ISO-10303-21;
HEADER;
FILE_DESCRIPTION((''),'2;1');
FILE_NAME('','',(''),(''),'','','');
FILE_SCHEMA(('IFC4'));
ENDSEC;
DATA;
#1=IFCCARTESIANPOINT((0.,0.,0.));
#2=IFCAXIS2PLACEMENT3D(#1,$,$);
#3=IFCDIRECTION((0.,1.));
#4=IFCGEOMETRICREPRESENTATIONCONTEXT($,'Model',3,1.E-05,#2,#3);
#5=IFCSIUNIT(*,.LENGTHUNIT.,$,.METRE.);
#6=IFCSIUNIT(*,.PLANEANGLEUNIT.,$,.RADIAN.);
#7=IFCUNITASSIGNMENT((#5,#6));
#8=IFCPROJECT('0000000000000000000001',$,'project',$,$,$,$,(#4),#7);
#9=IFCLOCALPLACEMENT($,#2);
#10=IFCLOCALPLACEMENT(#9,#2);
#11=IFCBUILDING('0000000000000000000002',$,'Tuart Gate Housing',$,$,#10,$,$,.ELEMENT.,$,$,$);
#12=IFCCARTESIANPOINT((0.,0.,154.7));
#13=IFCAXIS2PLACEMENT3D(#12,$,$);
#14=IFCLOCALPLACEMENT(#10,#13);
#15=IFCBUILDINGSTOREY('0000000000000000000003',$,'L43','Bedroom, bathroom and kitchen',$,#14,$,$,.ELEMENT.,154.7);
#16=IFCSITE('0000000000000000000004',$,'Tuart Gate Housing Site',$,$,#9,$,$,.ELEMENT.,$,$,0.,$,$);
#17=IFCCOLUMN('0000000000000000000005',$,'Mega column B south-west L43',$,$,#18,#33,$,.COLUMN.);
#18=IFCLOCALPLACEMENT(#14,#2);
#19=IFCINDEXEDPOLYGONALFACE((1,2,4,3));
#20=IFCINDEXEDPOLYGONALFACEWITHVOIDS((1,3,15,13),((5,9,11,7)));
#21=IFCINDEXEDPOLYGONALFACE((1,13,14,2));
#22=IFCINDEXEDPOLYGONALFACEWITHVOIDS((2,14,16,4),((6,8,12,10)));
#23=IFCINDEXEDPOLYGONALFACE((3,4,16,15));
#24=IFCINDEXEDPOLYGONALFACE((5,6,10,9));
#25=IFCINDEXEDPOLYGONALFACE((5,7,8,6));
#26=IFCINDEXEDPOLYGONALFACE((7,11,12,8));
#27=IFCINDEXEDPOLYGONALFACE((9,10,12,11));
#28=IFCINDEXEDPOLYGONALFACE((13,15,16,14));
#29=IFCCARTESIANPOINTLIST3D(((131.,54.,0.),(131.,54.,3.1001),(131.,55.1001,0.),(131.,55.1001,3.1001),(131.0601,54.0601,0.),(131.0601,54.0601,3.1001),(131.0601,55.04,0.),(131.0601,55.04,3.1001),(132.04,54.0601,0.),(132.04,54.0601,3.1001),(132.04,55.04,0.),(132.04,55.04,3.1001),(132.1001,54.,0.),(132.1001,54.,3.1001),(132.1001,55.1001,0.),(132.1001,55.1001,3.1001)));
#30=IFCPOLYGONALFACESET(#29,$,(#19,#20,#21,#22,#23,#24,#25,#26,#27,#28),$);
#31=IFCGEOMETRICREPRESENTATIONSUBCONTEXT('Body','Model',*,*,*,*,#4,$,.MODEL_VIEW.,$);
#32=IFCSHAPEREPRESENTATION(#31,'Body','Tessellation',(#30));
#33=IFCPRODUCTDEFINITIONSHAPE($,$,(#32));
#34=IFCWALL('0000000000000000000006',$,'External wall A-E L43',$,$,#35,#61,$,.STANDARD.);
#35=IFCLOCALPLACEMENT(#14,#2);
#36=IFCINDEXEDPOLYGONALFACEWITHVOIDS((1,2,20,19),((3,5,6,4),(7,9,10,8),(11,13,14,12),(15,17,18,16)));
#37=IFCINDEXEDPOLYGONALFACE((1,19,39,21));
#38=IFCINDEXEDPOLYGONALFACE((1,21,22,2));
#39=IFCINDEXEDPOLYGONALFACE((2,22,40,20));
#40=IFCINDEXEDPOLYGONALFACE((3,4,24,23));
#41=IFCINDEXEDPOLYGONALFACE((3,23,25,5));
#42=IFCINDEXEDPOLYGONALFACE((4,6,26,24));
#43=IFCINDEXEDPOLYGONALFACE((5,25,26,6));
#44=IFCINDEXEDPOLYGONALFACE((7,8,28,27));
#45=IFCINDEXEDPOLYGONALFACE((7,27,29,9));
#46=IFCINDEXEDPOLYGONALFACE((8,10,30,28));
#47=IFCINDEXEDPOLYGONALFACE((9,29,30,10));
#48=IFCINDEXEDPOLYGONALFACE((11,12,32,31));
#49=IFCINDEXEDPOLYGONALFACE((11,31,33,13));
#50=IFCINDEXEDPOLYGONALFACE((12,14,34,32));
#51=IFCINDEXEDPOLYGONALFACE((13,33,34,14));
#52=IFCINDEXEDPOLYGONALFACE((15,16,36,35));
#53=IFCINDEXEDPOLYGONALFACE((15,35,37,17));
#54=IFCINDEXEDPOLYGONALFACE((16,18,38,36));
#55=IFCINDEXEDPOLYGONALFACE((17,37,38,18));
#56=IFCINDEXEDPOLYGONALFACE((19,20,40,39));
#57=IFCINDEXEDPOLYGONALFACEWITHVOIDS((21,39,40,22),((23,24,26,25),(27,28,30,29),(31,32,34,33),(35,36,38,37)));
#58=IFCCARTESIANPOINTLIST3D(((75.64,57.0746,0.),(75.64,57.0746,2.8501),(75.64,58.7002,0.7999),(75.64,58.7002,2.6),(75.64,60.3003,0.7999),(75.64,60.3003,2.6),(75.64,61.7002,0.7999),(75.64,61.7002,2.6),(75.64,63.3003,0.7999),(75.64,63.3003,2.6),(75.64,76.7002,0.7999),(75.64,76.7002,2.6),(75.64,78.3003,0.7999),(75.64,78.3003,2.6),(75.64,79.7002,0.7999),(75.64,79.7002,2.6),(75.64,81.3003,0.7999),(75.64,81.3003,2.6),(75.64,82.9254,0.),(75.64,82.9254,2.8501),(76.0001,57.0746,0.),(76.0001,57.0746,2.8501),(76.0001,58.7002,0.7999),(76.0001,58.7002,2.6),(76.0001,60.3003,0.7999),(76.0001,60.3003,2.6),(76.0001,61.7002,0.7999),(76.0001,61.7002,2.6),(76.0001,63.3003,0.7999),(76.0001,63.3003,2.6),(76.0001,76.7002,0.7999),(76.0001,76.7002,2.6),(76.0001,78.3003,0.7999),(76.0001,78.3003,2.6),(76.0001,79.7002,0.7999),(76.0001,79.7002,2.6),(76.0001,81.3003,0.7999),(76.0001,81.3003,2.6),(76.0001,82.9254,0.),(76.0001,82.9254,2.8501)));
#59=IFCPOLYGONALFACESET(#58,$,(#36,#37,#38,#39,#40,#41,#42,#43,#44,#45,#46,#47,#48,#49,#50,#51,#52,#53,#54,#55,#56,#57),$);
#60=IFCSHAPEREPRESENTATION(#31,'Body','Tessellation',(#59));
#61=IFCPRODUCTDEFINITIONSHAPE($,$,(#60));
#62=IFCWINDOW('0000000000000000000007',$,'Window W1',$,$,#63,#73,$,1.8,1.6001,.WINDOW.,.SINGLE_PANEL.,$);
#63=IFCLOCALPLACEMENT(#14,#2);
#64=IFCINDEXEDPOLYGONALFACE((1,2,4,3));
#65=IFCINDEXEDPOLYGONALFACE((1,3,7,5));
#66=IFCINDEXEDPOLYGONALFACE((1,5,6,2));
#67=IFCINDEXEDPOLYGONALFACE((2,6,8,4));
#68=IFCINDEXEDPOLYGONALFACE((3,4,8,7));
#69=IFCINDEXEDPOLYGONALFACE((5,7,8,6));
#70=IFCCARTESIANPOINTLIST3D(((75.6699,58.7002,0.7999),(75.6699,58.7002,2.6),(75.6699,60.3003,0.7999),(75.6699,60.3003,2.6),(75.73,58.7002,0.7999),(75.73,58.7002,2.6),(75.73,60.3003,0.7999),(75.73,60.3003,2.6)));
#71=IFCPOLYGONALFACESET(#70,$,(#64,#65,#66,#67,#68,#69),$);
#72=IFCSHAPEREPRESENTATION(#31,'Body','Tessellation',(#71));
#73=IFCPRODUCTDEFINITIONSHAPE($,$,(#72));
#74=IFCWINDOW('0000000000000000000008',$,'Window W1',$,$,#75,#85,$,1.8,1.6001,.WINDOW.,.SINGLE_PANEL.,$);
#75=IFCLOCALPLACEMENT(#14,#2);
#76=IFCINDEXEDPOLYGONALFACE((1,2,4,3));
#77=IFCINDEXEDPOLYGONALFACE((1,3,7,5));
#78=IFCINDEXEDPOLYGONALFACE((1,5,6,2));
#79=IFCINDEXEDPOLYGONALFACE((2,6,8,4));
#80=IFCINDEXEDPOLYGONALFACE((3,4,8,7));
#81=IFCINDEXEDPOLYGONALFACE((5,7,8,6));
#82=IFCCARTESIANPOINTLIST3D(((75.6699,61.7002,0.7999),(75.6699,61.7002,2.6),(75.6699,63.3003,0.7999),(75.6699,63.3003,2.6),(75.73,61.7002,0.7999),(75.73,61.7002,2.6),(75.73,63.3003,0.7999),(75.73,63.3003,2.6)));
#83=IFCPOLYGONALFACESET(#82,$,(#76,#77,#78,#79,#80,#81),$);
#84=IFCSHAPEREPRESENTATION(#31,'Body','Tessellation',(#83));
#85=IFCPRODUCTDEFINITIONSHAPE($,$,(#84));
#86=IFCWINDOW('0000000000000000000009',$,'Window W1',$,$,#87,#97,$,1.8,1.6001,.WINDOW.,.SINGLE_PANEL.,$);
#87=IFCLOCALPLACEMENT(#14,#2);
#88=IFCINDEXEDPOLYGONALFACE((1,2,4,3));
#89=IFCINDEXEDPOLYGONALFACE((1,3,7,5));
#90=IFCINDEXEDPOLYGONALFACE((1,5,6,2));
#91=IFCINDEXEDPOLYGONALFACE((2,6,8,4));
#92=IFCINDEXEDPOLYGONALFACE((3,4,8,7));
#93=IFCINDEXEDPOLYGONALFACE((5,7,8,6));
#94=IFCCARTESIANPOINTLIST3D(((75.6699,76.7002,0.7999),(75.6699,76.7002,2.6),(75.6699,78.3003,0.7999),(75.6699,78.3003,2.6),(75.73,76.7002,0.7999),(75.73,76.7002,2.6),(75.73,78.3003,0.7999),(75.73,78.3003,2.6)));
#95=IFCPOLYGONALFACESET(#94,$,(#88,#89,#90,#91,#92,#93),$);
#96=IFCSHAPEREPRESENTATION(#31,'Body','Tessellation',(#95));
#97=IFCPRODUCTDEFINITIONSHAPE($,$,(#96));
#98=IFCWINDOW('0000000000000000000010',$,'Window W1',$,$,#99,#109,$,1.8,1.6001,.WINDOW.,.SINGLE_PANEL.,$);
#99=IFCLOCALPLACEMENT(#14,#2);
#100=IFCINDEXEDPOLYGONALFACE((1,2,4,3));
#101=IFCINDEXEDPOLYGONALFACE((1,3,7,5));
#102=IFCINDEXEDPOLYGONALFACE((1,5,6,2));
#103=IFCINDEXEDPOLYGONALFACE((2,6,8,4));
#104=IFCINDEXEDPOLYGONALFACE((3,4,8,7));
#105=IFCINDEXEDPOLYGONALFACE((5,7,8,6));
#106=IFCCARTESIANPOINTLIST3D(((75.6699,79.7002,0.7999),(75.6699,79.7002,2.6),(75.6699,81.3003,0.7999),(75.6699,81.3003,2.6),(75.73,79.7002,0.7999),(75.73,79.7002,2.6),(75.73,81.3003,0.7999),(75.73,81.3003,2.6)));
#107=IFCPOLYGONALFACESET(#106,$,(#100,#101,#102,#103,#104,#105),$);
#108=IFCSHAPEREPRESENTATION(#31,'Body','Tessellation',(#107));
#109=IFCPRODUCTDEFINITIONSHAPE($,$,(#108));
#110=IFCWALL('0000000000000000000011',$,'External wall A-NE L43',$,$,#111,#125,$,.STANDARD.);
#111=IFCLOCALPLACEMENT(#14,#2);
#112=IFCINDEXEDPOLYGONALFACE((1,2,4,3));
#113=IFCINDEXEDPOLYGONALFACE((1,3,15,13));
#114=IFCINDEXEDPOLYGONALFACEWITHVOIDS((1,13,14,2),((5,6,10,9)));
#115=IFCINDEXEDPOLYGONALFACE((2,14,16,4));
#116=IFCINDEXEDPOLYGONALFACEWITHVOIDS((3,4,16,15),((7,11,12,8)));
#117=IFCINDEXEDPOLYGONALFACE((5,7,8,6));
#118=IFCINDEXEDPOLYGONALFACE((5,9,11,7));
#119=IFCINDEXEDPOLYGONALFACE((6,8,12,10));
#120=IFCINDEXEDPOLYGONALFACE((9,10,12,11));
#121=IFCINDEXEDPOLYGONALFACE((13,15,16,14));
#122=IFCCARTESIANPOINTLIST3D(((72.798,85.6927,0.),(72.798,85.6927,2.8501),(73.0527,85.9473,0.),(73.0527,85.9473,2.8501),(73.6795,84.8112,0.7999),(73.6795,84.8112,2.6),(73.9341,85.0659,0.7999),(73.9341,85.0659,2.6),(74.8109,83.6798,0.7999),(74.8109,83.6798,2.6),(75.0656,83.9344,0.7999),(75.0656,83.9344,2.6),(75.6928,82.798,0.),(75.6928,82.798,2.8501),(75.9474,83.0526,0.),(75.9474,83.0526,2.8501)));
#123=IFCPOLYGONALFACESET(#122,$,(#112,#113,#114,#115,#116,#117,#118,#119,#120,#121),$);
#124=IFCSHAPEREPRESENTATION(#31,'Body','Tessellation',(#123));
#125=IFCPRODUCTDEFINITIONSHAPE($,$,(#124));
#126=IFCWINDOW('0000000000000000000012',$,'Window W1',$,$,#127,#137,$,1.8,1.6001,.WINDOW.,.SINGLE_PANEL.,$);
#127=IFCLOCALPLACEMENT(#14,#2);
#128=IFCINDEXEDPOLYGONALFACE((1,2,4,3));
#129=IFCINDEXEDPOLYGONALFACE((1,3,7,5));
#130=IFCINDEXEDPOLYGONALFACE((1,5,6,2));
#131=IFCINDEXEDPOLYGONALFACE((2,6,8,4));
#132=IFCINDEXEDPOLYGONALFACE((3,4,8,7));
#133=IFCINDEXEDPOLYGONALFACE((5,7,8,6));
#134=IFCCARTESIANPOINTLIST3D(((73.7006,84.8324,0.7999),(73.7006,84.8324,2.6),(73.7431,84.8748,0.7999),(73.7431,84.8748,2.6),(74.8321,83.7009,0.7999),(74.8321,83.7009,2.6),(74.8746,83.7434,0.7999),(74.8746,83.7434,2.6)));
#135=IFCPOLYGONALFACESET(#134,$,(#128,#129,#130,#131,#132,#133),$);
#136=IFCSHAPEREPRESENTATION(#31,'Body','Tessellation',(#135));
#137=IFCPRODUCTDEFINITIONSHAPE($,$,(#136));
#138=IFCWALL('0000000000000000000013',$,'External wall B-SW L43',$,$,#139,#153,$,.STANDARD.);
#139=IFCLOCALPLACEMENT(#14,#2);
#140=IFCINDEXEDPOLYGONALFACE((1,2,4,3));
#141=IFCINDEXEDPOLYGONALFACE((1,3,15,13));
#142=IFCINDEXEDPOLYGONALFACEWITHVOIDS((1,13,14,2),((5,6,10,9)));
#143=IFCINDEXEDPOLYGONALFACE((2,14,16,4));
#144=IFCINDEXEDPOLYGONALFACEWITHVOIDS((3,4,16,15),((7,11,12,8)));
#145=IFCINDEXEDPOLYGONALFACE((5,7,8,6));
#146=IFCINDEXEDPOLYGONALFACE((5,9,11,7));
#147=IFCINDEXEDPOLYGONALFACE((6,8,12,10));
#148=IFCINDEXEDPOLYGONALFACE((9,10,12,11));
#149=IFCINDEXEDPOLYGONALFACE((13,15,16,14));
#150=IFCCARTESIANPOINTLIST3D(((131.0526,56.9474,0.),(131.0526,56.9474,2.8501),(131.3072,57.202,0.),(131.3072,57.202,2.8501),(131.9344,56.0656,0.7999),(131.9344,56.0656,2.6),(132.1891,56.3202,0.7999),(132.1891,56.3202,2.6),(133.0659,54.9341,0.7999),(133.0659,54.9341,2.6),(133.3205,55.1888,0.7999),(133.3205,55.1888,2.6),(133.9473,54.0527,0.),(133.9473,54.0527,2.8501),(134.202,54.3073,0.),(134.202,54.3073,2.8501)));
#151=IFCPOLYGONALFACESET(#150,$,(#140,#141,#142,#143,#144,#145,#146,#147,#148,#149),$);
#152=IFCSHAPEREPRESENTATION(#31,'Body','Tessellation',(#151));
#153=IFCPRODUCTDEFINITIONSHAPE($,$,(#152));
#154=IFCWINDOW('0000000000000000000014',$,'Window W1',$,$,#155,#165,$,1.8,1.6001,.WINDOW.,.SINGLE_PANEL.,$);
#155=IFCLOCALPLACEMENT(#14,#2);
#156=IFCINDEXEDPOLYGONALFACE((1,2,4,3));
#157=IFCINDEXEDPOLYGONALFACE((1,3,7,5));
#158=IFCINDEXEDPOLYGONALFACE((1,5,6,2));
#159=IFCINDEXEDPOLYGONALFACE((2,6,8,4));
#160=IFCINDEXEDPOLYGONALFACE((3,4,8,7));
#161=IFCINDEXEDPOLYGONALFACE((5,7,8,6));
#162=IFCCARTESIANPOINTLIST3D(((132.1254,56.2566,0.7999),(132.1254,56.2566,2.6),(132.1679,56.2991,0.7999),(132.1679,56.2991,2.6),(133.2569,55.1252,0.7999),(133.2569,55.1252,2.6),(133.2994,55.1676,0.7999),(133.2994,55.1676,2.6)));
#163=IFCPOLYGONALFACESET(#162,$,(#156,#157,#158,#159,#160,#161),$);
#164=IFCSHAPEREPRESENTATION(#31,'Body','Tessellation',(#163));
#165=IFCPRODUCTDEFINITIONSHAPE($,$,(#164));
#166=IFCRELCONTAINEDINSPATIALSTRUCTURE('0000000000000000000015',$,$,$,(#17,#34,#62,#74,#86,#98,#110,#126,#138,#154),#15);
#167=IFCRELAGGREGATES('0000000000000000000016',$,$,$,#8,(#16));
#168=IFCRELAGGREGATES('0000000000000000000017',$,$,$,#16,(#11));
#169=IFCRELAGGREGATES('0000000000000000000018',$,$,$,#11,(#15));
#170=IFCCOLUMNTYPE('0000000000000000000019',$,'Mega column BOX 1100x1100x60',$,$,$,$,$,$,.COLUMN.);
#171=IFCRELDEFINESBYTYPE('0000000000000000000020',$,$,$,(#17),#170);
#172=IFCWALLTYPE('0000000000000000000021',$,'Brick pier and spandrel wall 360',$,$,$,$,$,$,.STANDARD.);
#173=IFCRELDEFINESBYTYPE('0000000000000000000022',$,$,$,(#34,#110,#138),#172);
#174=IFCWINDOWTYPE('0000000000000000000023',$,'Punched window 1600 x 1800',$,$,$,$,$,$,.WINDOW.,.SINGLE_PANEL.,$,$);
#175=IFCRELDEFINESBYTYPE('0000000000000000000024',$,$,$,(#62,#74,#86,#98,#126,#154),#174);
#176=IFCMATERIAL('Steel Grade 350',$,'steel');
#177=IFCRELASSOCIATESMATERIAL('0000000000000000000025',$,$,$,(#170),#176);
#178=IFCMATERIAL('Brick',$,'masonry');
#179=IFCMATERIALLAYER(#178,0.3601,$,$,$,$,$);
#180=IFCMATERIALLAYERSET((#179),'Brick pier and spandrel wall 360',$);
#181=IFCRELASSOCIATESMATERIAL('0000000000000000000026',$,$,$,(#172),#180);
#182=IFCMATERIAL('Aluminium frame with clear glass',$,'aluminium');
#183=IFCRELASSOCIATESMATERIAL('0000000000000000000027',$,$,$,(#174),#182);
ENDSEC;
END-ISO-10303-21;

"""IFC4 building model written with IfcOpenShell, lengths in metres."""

from ifc_helpers import new_model, si_unit, direction, frame, frame_2d, origin, origin_2d, place, context, subcontext, project, spatial, rectangle, hollow_rectangle, extrude, material, layer, layer_set, material_profile, profile_set, type_object, element, fill, save


model = new_model("IFC4")

# Units and contexts
model_context = context("Model", 3, precision=1e-05, world=origin(), true_north=direction((0.0, 1.0)))
body_context = subcontext(model_context, "Body", "Model", "MODEL_VIEW")
ifc_project = project(units=[si_unit("LENGTHUNIT", "METRE"), si_unit("PLANEANGLEUNIT", "RADIAN")], contexts=[model_context])

# Site, building, storey
site_placement = place(None, origin())
site = spatial("IfcSite", under=ifc_project, at=site_placement, Name="Tuart Gate Housing Site", CompositionType="ELEMENT", RefElevation=0.0)
building_placement = place(site_placement, origin())
building = spatial("IfcBuilding", under=site, at=building_placement, Name="Tuart Gate Housing", CompositionType="ELEMENT")
storey_placement = place(building_placement, frame((0.0, 0.0, 154.7)))
storey = spatial("IfcBuildingStorey", under=building, at=storey_placement, Name="L43", Description="Bedroom, bathroom and kitchen", CompositionType="ELEMENT", Elevation=154.7)

# Column
ifc_material_1 = material(Name="Steel Grade 350", Category="steel")
ifc_material_profile = material_profile(ifc_material_1, hollow_rectangle(XDim=1.1001, YDim=1.1001, WallThickness=0.0601, at=origin_2d()), Name="BOX 1100x1100x60")
ifc_profile_set = profile_set([ifc_material_profile], Name="Steel Grade 350")
column_type = type_object("IfcColumnType", Name="Mega column BOX 1100x1100x60", PredefinedType="COLUMN", material=ifc_profile_set)
column_placement = place(storey_placement, frame((131.55, 54.55, 0.0), z_axis=(0.0, 0.0, 1.0), x_axis=(1.0, 0.0, 0.0)))
element("IfcColumn", 1, at=column_placement, inside=storey, type_object=column_type, Name="Mega column B south-west L43", PredefinedType="COLUMN", context=body_context, shape_type="SweptSolid", body=[
    extrude(hollow_rectangle(XDim=1.1001, YDim=1.1001, WallThickness=0.0601, at=origin_2d()), origin(), (0.0, 0.0, 1.0), 3.1001),
])

# Wall, openings, windows
ifc_material_2 = material(Name="Brick", Category="masonry")
ifc_layer_1 = layer(ifc_material_2, 0.3601)
ifc_layer_set_1 = layer_set([ifc_layer_1], Name="Brick pier and spandrel wall 360")
wall_type_1 = type_object("IfcWallType", Name="Brick pier and spandrel wall 360", PredefinedType="STANDARD", material=ifc_layer_set_1)
wall_1_placement = place(storey_placement, frame((75.8201, 57.0747, 0.0), z_axis=(0.0, 0.0, 1.0), x_axis=(0.0, 1.0, 0.0)))
wall_1 = element("IfcWall", 2, at=wall_1_placement, inside=storey, type_object=wall_type_1, Name="External wall A-E L43", PredefinedType="STANDARD", context=body_context, shape_type="SweptSolid", body=[
    extrude(rectangle(XDim=25.8508, YDim=0.3601, at=frame_2d((12.9253, 0.0))), origin(), (0.0, 0.0, 1.0), 2.8501),
])
opening_1_placement = place(wall_1_placement, frame((1.6255, 0.0, 0.8)))
opening_1 = element("IfcOpeningElement", 3, at=opening_1_placement, cuts=wall_1, PredefinedType="OPENING", context=body_context, shape_type="SweptSolid", body=[
    extrude(rectangle(XDim=1.6001, YDim=1.8, at=frame_2d((0.8, 0.8999))), frame((0.0, 0.1899, 0.0), z_axis=(0.0, -1.0, 0.0), x_axis=(1.0, 0.0, 0.0)), (0.0, 0.0, 1.0), 0.3801),
])
opening_2_placement = place(wall_1_placement, frame((4.6255, 0.0, 0.8)))
opening_2 = element("IfcOpeningElement", 4, at=opening_2_placement, cuts=wall_1, PredefinedType="OPENING", context=body_context, shape_type="SweptSolid", body=[
    extrude(rectangle(XDim=1.6001, YDim=1.8, at=frame_2d((0.8, 0.8999))), frame((0.0, 0.1899, 0.0), z_axis=(0.0, -1.0, 0.0), x_axis=(1.0, 0.0, 0.0)), (0.0, 0.0, 1.0), 0.3801),
])
opening_3_placement = place(wall_1_placement, frame((19.6255, 0.0, 0.8)))
opening_3 = element("IfcOpeningElement", 5, at=opening_3_placement, cuts=wall_1, PredefinedType="OPENING", context=body_context, shape_type="SweptSolid", body=[
    extrude(rectangle(XDim=1.6001, YDim=1.8, at=frame_2d((0.8, 0.8999))), frame((0.0, 0.1899, 0.0), z_axis=(0.0, -1.0, 0.0), x_axis=(1.0, 0.0, 0.0)), (0.0, 0.0, 1.0), 0.3801),
])
opening_4_placement = place(wall_1_placement, frame((22.6255, 0.0, 0.8)))
opening_4 = element("IfcOpeningElement", 6, at=opening_4_placement, cuts=wall_1, PredefinedType="OPENING", context=body_context, shape_type="SweptSolid", body=[
    extrude(rectangle(XDim=1.6001, YDim=1.8, at=frame_2d((0.8, 0.8999))), frame((0.0, 0.1899, 0.0), z_axis=(0.0, -1.0, 0.0), x_axis=(1.0, 0.0, 0.0)), (0.0, 0.0, 1.0), 0.3801),
])
ifc_material_3 = material(Name="Aluminium frame with clear glass", Category="aluminium")
window_type = type_object("IfcWindowType", Name="Punched window 1600 x 1800", PartitioningType="SINGLE_PANEL", PredefinedType="WINDOW", material=ifc_material_3)
window_1_placement = place(opening_1_placement, origin())
window_1 = element("IfcWindow", 7, at=window_1_placement, inside=storey, type_object=window_type, Name="Window W1", OverallHeight=1.8, OverallWidth=1.6001, PartitioningType="SINGLE_PANEL", PredefinedType="WINDOW", context=body_context, shape_type="SweptSolid", body=[
    extrude(rectangle(XDim=1.6001, YDim=1.8, at=frame_2d((0.8, 0.8999))), frame((0.0, 0.1501, 0.0), z_axis=(0.0, -1.0, 0.0), x_axis=(1.0, 0.0, 0.0)), (0.0, 0.0, 1.0), 0.0601),
])
fill(opening_1, window_1)
window_2_placement = place(opening_2_placement, origin())
window_2 = element("IfcWindow", 8, at=window_2_placement, inside=storey, type_object=window_type, Name="Window W1", OverallHeight=1.8, OverallWidth=1.6001, PartitioningType="SINGLE_PANEL", PredefinedType="WINDOW", context=body_context, shape_type="SweptSolid", body=[
    extrude(rectangle(XDim=1.6001, YDim=1.8, at=frame_2d((0.8, 0.8999))), frame((0.0, 0.1501, 0.0), z_axis=(0.0, -1.0, 0.0), x_axis=(1.0, 0.0, 0.0)), (0.0, 0.0, 1.0), 0.0601),
])
fill(opening_2, window_2)
window_3_placement = place(opening_3_placement, origin())
window_3 = element("IfcWindow", 9, at=window_3_placement, inside=storey, type_object=window_type, Name="Window W1", OverallHeight=1.8, OverallWidth=1.6001, PartitioningType="SINGLE_PANEL", PredefinedType="WINDOW", context=body_context, shape_type="SweptSolid", body=[
    extrude(rectangle(XDim=1.6001, YDim=1.8, at=frame_2d((0.8, 0.8999))), frame((0.0, 0.1501, 0.0), z_axis=(0.0, -1.0, 0.0), x_axis=(1.0, 0.0, 0.0)), (0.0, 0.0, 1.0), 0.0601),
])
fill(opening_3, window_3)
window_4_placement = place(opening_4_placement, origin())
window_4 = element("IfcWindow", 10, at=window_4_placement, inside=storey, type_object=window_type, Name="Window W1", OverallHeight=1.8, OverallWidth=1.6001, PartitioningType="SINGLE_PANEL", PredefinedType="WINDOW", context=body_context, shape_type="SweptSolid", body=[
    extrude(rectangle(XDim=1.6001, YDim=1.8, at=frame_2d((0.8, 0.8999))), frame((0.0, 0.1501, 0.0), z_axis=(0.0, -1.0, 0.0), x_axis=(1.0, 0.0, 0.0)), (0.0, 0.0, 1.0), 0.0601),
])
fill(opening_4, window_4)

# Walls, openings, windows
wall_2_placement = place(storey_placement, frame((75.8201, 82.9253, 0.0), z_axis=(0.0, 0.0, 1.0), x_axis=(-0.707107, 0.707107, 0.0)))
wall_2 = element("IfcWall", 11, at=wall_2_placement, inside=storey, type_object=wall_type_1, Name="External wall A-NE L43", PredefinedType="STANDARD", context=body_context, shape_type="SweptSolid", body=[
    extrude(rectangle(XDim=4.0938, YDim=0.3601, at=frame_2d((2.0469, 0.0))), origin(), (0.0, 0.0, 1.0), 2.8501),
])
opening_5_placement = place(wall_2_placement, frame((1.2471, 0.0, 0.8)))
opening_5 = element("IfcOpeningElement", 12, at=opening_5_placement, cuts=wall_2, PredefinedType="OPENING", context=body_context, shape_type="SweptSolid", body=[
    extrude(rectangle(XDim=1.6001, YDim=1.8, at=frame_2d((0.8, 0.8999))), frame((0.0, 0.1899, 0.0), z_axis=(0.0, -1.0, 0.0), x_axis=(1.0, 0.0, 0.0)), (0.0, 0.0, 1.0), 0.3801),
])
window_5_placement = place(opening_5_placement, origin())
window_5 = element("IfcWindow", 13, at=window_5_placement, inside=storey, type_object=window_type, Name="Window W1", OverallHeight=1.8, OverallWidth=1.6001, PartitioningType="SINGLE_PANEL", PredefinedType="WINDOW", context=body_context, shape_type="SweptSolid", body=[
    extrude(rectangle(XDim=1.6001, YDim=1.8, at=frame_2d((0.8, 0.8999))), frame((0.0, 0.1501, 0.0), z_axis=(0.0, -1.0, 0.0), x_axis=(1.0, 0.0, 0.0)), (0.0, 0.0, 1.0), 0.0601),
])
fill(opening_5, window_5)
wall_3_placement = place(storey_placement, frame((131.1799, 57.0747, 0.0), z_axis=(0.0, 0.0, 1.0), x_axis=(0.707107, -0.707107, 0.0)))
wall_3 = element("IfcWall", 14, at=wall_3_placement, inside=storey, type_object=wall_type_1, Name="External wall B-SW L43", PredefinedType="STANDARD", context=body_context, shape_type="SweptSolid", body=[
    extrude(rectangle(XDim=4.0938, YDim=0.3601, at=frame_2d((2.0469, 0.0))), origin(), (0.0, 0.0, 1.0), 2.8501),
])
opening_6_placement = place(wall_3_placement, frame((1.2471, 0.0, 0.8)))
opening_6 = element("IfcOpeningElement", 15, at=opening_6_placement, cuts=wall_3, PredefinedType="OPENING", context=body_context, shape_type="SweptSolid", body=[
    extrude(rectangle(XDim=1.6001, YDim=1.8, at=frame_2d((0.8, 0.8999))), frame((0.0, 0.1899, 0.0), z_axis=(0.0, -1.0, 0.0), x_axis=(1.0, 0.0, 0.0)), (0.0, 0.0, 1.0), 0.3801),
])
window_6_placement = place(opening_6_placement, origin())
window_6 = element("IfcWindow", 16, at=window_6_placement, inside=storey, type_object=window_type, Name="Window W1", OverallHeight=1.8, OverallWidth=1.6001, PartitioningType="SINGLE_PANEL", PredefinedType="WINDOW", context=body_context, shape_type="SweptSolid", body=[
    extrude(rectangle(XDim=1.6001, YDim=1.8, at=frame_2d((0.8, 0.8999))), frame((0.0, 0.1501, 0.0), z_axis=(0.0, -1.0, 0.0), x_axis=(1.0, 0.0, 0.0)), (0.0, 0.0, 1.0), 0.0601),
])
fill(opening_6, window_6)

save(model, "model.ifc")
